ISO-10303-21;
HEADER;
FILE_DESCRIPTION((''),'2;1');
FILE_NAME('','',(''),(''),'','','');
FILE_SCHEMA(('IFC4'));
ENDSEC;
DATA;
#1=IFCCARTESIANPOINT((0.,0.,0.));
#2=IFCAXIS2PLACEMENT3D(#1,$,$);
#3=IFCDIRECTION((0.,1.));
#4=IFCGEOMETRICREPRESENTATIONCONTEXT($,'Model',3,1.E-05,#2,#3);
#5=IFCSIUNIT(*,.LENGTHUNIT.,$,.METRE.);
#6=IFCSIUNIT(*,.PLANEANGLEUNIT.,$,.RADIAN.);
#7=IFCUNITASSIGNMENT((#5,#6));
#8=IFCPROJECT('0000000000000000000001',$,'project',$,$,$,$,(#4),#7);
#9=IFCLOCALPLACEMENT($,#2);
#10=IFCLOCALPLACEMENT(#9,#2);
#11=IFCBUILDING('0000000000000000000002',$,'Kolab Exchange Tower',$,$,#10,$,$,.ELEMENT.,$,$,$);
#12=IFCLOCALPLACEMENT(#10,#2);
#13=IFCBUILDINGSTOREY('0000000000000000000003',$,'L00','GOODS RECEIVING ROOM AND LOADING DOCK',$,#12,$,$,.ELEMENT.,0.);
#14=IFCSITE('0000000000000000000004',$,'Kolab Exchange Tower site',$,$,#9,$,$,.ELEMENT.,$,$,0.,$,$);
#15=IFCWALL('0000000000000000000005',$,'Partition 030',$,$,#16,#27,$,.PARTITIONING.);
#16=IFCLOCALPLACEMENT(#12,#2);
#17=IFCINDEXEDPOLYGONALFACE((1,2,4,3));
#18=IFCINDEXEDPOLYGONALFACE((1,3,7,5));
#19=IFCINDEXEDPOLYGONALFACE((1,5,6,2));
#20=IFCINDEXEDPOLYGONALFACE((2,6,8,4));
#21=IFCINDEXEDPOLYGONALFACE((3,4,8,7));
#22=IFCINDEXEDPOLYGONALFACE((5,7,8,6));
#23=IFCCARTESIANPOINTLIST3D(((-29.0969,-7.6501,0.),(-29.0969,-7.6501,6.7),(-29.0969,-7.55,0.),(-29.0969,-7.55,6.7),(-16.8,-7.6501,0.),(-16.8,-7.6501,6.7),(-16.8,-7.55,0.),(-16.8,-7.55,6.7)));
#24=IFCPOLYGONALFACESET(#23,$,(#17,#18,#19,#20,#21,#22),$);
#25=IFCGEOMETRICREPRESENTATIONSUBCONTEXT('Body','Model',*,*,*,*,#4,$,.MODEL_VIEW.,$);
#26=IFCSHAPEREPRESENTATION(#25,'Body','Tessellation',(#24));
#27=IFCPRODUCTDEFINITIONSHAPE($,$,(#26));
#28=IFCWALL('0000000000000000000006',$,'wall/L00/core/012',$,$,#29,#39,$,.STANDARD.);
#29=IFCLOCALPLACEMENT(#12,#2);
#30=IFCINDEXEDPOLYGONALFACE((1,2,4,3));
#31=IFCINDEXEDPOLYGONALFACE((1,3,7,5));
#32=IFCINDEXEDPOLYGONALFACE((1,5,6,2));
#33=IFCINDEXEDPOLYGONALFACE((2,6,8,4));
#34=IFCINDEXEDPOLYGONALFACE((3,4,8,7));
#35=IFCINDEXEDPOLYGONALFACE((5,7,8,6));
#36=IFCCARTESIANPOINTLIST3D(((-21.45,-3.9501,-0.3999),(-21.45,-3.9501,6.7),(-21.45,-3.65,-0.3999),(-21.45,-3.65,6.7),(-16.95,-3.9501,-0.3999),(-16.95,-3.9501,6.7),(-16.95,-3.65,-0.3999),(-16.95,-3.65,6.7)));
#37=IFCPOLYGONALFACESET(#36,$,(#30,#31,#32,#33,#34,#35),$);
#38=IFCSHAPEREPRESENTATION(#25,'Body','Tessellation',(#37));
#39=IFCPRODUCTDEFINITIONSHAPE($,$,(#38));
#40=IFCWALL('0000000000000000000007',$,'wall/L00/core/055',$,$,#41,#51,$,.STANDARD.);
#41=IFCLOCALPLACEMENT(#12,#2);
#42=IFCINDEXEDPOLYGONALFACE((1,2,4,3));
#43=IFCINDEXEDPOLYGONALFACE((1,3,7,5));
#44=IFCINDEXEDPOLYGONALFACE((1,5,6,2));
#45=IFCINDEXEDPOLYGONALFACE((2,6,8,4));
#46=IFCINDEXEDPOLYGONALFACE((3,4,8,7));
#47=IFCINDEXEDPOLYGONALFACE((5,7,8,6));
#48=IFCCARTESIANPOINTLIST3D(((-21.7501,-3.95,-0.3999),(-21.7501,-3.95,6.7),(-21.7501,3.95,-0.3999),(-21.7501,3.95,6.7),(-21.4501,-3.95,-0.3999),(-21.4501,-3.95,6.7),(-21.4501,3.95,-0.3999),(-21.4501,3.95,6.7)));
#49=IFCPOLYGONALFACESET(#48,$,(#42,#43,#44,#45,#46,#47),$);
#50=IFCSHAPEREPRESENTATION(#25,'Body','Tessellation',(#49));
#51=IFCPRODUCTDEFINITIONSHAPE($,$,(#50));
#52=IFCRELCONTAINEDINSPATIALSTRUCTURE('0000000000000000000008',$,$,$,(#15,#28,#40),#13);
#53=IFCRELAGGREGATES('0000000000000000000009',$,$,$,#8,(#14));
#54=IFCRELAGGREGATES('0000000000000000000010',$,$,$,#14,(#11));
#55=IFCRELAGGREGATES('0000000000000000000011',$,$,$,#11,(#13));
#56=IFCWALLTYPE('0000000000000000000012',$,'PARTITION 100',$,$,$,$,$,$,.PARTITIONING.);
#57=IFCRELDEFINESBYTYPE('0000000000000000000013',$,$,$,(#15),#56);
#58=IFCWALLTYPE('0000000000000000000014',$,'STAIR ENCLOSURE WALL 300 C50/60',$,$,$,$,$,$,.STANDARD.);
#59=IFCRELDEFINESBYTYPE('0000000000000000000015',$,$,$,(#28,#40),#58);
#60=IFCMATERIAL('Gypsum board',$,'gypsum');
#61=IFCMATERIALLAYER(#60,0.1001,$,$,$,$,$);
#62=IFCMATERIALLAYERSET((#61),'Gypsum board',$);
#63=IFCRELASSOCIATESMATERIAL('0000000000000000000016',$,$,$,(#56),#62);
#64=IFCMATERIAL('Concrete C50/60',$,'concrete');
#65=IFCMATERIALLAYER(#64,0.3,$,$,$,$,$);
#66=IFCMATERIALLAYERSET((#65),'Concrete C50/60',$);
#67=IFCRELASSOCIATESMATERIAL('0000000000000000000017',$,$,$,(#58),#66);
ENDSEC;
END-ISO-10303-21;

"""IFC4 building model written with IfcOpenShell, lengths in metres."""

from ifc_helpers import new_model, si_unit, direction, frame, frame_2d, origin, place, context, subcontext, project, spatial, rectangle, extrude, material, layer, layer_set, type_object, element, save


model = new_model("IFC4")

# Units and contexts
model_context = context("Model", 3, precision=1e-05, world=origin(), true_north=direction((0.0, 1.0)))
body_context = subcontext(model_context, "Body", "Model", "MODEL_VIEW")
ifc_project = project(units=[si_unit("LENGTHUNIT", "METRE"), si_unit("PLANEANGLEUNIT", "RADIAN")], contexts=[model_context])

# Site, building, storey
site_placement = place(None, origin())
site = spatial("IfcSite", under=ifc_project, at=site_placement, Name="Kolab Exchange Tower site", CompositionType="ELEMENT", RefElevation=0.0)
building_placement = place(site_placement, origin())
building = spatial("IfcBuilding", under=site, at=building_placement, Name="Kolab Exchange Tower", CompositionType="ELEMENT")
storey_placement = place(building_placement, origin())
storey = spatial("IfcBuildingStorey", under=building, at=storey_placement, Name="L00", Description="GOODS RECEIVING ROOM AND LOADING DOCK", CompositionType="ELEMENT", Elevation=0.0)

# Walls
ifc_material_1 = material(Name="Gypsum board", Category="gypsum")
ifc_layer_1 = layer(ifc_material_1, 0.1001)
ifc_layer_set_1 = layer_set([ifc_layer_1], Name="Gypsum board")
wall_type_1 = type_object("IfcWallType", Name="PARTITION 100", PredefinedType="PARTITIONING", material=ifc_layer_set_1)
wall_1_placement = place(storey_placement, frame((-29.0969, -7.6001, 0.0), z_axis=(0.0, 0.0, 1.0), x_axis=(1.0, 0.0, 0.0)))
element("IfcWall", 1, at=wall_1_placement, inside=storey, type_object=wall_type_1, Name="Partition 030", PredefinedType="PARTITIONING", context=body_context, shape_type="SweptSolid", body=[
    extrude(rectangle(XDim=12.2969, YDim=0.1001, at=frame_2d((6.1484, 0.0))), origin(), (0.0, 0.0, 1.0), 6.7),
])
ifc_material_2 = material(Name="Concrete C50/60", Category="concrete")
ifc_layer_2 = layer(ifc_material_2, 0.3)
ifc_layer_set_2 = layer_set([ifc_layer_2], Name="Concrete C50/60")
wall_type_2 = type_object("IfcWallType", Name="STAIR ENCLOSURE WALL 300 C50/60", PredefinedType="STANDARD", material=ifc_layer_set_2)
wall_2_placement = place(storey_placement, frame((-21.45, -3.8, -0.3999), z_axis=(0.0, 0.0, 1.0), x_axis=(1.0, 0.0, 0.0)))
element("IfcWall", 2, at=wall_2_placement, inside=storey, type_object=wall_type_2, Name="wall/L00/core/012", PredefinedType="STANDARD", context=body_context, shape_type="SweptSolid", body=[
    extrude(rectangle(XDim=4.5, YDim=0.3, at=frame_2d((2.25, 0.0))), origin(), (0.0, 0.0, 1.0), 7.0999),
])
wall_3_placement = place(storey_placement, frame((-21.6001, -3.95, -0.3999), z_axis=(0.0, 0.0, 1.0), x_axis=(0.0, 1.0, 0.0)))
element("IfcWall", 3, at=wall_3_placement, inside=storey, type_object=wall_type_2, Name="wall/L00/core/055", PredefinedType="STANDARD", context=body_context, shape_type="SweptSolid", body=[
    extrude(rectangle(XDim=7.8999, YDim=0.3, at=frame_2d((3.95, 0.0))), origin(), (0.0, 0.0, 1.0), 7.0999),
])

save(model, "model.ifc")
